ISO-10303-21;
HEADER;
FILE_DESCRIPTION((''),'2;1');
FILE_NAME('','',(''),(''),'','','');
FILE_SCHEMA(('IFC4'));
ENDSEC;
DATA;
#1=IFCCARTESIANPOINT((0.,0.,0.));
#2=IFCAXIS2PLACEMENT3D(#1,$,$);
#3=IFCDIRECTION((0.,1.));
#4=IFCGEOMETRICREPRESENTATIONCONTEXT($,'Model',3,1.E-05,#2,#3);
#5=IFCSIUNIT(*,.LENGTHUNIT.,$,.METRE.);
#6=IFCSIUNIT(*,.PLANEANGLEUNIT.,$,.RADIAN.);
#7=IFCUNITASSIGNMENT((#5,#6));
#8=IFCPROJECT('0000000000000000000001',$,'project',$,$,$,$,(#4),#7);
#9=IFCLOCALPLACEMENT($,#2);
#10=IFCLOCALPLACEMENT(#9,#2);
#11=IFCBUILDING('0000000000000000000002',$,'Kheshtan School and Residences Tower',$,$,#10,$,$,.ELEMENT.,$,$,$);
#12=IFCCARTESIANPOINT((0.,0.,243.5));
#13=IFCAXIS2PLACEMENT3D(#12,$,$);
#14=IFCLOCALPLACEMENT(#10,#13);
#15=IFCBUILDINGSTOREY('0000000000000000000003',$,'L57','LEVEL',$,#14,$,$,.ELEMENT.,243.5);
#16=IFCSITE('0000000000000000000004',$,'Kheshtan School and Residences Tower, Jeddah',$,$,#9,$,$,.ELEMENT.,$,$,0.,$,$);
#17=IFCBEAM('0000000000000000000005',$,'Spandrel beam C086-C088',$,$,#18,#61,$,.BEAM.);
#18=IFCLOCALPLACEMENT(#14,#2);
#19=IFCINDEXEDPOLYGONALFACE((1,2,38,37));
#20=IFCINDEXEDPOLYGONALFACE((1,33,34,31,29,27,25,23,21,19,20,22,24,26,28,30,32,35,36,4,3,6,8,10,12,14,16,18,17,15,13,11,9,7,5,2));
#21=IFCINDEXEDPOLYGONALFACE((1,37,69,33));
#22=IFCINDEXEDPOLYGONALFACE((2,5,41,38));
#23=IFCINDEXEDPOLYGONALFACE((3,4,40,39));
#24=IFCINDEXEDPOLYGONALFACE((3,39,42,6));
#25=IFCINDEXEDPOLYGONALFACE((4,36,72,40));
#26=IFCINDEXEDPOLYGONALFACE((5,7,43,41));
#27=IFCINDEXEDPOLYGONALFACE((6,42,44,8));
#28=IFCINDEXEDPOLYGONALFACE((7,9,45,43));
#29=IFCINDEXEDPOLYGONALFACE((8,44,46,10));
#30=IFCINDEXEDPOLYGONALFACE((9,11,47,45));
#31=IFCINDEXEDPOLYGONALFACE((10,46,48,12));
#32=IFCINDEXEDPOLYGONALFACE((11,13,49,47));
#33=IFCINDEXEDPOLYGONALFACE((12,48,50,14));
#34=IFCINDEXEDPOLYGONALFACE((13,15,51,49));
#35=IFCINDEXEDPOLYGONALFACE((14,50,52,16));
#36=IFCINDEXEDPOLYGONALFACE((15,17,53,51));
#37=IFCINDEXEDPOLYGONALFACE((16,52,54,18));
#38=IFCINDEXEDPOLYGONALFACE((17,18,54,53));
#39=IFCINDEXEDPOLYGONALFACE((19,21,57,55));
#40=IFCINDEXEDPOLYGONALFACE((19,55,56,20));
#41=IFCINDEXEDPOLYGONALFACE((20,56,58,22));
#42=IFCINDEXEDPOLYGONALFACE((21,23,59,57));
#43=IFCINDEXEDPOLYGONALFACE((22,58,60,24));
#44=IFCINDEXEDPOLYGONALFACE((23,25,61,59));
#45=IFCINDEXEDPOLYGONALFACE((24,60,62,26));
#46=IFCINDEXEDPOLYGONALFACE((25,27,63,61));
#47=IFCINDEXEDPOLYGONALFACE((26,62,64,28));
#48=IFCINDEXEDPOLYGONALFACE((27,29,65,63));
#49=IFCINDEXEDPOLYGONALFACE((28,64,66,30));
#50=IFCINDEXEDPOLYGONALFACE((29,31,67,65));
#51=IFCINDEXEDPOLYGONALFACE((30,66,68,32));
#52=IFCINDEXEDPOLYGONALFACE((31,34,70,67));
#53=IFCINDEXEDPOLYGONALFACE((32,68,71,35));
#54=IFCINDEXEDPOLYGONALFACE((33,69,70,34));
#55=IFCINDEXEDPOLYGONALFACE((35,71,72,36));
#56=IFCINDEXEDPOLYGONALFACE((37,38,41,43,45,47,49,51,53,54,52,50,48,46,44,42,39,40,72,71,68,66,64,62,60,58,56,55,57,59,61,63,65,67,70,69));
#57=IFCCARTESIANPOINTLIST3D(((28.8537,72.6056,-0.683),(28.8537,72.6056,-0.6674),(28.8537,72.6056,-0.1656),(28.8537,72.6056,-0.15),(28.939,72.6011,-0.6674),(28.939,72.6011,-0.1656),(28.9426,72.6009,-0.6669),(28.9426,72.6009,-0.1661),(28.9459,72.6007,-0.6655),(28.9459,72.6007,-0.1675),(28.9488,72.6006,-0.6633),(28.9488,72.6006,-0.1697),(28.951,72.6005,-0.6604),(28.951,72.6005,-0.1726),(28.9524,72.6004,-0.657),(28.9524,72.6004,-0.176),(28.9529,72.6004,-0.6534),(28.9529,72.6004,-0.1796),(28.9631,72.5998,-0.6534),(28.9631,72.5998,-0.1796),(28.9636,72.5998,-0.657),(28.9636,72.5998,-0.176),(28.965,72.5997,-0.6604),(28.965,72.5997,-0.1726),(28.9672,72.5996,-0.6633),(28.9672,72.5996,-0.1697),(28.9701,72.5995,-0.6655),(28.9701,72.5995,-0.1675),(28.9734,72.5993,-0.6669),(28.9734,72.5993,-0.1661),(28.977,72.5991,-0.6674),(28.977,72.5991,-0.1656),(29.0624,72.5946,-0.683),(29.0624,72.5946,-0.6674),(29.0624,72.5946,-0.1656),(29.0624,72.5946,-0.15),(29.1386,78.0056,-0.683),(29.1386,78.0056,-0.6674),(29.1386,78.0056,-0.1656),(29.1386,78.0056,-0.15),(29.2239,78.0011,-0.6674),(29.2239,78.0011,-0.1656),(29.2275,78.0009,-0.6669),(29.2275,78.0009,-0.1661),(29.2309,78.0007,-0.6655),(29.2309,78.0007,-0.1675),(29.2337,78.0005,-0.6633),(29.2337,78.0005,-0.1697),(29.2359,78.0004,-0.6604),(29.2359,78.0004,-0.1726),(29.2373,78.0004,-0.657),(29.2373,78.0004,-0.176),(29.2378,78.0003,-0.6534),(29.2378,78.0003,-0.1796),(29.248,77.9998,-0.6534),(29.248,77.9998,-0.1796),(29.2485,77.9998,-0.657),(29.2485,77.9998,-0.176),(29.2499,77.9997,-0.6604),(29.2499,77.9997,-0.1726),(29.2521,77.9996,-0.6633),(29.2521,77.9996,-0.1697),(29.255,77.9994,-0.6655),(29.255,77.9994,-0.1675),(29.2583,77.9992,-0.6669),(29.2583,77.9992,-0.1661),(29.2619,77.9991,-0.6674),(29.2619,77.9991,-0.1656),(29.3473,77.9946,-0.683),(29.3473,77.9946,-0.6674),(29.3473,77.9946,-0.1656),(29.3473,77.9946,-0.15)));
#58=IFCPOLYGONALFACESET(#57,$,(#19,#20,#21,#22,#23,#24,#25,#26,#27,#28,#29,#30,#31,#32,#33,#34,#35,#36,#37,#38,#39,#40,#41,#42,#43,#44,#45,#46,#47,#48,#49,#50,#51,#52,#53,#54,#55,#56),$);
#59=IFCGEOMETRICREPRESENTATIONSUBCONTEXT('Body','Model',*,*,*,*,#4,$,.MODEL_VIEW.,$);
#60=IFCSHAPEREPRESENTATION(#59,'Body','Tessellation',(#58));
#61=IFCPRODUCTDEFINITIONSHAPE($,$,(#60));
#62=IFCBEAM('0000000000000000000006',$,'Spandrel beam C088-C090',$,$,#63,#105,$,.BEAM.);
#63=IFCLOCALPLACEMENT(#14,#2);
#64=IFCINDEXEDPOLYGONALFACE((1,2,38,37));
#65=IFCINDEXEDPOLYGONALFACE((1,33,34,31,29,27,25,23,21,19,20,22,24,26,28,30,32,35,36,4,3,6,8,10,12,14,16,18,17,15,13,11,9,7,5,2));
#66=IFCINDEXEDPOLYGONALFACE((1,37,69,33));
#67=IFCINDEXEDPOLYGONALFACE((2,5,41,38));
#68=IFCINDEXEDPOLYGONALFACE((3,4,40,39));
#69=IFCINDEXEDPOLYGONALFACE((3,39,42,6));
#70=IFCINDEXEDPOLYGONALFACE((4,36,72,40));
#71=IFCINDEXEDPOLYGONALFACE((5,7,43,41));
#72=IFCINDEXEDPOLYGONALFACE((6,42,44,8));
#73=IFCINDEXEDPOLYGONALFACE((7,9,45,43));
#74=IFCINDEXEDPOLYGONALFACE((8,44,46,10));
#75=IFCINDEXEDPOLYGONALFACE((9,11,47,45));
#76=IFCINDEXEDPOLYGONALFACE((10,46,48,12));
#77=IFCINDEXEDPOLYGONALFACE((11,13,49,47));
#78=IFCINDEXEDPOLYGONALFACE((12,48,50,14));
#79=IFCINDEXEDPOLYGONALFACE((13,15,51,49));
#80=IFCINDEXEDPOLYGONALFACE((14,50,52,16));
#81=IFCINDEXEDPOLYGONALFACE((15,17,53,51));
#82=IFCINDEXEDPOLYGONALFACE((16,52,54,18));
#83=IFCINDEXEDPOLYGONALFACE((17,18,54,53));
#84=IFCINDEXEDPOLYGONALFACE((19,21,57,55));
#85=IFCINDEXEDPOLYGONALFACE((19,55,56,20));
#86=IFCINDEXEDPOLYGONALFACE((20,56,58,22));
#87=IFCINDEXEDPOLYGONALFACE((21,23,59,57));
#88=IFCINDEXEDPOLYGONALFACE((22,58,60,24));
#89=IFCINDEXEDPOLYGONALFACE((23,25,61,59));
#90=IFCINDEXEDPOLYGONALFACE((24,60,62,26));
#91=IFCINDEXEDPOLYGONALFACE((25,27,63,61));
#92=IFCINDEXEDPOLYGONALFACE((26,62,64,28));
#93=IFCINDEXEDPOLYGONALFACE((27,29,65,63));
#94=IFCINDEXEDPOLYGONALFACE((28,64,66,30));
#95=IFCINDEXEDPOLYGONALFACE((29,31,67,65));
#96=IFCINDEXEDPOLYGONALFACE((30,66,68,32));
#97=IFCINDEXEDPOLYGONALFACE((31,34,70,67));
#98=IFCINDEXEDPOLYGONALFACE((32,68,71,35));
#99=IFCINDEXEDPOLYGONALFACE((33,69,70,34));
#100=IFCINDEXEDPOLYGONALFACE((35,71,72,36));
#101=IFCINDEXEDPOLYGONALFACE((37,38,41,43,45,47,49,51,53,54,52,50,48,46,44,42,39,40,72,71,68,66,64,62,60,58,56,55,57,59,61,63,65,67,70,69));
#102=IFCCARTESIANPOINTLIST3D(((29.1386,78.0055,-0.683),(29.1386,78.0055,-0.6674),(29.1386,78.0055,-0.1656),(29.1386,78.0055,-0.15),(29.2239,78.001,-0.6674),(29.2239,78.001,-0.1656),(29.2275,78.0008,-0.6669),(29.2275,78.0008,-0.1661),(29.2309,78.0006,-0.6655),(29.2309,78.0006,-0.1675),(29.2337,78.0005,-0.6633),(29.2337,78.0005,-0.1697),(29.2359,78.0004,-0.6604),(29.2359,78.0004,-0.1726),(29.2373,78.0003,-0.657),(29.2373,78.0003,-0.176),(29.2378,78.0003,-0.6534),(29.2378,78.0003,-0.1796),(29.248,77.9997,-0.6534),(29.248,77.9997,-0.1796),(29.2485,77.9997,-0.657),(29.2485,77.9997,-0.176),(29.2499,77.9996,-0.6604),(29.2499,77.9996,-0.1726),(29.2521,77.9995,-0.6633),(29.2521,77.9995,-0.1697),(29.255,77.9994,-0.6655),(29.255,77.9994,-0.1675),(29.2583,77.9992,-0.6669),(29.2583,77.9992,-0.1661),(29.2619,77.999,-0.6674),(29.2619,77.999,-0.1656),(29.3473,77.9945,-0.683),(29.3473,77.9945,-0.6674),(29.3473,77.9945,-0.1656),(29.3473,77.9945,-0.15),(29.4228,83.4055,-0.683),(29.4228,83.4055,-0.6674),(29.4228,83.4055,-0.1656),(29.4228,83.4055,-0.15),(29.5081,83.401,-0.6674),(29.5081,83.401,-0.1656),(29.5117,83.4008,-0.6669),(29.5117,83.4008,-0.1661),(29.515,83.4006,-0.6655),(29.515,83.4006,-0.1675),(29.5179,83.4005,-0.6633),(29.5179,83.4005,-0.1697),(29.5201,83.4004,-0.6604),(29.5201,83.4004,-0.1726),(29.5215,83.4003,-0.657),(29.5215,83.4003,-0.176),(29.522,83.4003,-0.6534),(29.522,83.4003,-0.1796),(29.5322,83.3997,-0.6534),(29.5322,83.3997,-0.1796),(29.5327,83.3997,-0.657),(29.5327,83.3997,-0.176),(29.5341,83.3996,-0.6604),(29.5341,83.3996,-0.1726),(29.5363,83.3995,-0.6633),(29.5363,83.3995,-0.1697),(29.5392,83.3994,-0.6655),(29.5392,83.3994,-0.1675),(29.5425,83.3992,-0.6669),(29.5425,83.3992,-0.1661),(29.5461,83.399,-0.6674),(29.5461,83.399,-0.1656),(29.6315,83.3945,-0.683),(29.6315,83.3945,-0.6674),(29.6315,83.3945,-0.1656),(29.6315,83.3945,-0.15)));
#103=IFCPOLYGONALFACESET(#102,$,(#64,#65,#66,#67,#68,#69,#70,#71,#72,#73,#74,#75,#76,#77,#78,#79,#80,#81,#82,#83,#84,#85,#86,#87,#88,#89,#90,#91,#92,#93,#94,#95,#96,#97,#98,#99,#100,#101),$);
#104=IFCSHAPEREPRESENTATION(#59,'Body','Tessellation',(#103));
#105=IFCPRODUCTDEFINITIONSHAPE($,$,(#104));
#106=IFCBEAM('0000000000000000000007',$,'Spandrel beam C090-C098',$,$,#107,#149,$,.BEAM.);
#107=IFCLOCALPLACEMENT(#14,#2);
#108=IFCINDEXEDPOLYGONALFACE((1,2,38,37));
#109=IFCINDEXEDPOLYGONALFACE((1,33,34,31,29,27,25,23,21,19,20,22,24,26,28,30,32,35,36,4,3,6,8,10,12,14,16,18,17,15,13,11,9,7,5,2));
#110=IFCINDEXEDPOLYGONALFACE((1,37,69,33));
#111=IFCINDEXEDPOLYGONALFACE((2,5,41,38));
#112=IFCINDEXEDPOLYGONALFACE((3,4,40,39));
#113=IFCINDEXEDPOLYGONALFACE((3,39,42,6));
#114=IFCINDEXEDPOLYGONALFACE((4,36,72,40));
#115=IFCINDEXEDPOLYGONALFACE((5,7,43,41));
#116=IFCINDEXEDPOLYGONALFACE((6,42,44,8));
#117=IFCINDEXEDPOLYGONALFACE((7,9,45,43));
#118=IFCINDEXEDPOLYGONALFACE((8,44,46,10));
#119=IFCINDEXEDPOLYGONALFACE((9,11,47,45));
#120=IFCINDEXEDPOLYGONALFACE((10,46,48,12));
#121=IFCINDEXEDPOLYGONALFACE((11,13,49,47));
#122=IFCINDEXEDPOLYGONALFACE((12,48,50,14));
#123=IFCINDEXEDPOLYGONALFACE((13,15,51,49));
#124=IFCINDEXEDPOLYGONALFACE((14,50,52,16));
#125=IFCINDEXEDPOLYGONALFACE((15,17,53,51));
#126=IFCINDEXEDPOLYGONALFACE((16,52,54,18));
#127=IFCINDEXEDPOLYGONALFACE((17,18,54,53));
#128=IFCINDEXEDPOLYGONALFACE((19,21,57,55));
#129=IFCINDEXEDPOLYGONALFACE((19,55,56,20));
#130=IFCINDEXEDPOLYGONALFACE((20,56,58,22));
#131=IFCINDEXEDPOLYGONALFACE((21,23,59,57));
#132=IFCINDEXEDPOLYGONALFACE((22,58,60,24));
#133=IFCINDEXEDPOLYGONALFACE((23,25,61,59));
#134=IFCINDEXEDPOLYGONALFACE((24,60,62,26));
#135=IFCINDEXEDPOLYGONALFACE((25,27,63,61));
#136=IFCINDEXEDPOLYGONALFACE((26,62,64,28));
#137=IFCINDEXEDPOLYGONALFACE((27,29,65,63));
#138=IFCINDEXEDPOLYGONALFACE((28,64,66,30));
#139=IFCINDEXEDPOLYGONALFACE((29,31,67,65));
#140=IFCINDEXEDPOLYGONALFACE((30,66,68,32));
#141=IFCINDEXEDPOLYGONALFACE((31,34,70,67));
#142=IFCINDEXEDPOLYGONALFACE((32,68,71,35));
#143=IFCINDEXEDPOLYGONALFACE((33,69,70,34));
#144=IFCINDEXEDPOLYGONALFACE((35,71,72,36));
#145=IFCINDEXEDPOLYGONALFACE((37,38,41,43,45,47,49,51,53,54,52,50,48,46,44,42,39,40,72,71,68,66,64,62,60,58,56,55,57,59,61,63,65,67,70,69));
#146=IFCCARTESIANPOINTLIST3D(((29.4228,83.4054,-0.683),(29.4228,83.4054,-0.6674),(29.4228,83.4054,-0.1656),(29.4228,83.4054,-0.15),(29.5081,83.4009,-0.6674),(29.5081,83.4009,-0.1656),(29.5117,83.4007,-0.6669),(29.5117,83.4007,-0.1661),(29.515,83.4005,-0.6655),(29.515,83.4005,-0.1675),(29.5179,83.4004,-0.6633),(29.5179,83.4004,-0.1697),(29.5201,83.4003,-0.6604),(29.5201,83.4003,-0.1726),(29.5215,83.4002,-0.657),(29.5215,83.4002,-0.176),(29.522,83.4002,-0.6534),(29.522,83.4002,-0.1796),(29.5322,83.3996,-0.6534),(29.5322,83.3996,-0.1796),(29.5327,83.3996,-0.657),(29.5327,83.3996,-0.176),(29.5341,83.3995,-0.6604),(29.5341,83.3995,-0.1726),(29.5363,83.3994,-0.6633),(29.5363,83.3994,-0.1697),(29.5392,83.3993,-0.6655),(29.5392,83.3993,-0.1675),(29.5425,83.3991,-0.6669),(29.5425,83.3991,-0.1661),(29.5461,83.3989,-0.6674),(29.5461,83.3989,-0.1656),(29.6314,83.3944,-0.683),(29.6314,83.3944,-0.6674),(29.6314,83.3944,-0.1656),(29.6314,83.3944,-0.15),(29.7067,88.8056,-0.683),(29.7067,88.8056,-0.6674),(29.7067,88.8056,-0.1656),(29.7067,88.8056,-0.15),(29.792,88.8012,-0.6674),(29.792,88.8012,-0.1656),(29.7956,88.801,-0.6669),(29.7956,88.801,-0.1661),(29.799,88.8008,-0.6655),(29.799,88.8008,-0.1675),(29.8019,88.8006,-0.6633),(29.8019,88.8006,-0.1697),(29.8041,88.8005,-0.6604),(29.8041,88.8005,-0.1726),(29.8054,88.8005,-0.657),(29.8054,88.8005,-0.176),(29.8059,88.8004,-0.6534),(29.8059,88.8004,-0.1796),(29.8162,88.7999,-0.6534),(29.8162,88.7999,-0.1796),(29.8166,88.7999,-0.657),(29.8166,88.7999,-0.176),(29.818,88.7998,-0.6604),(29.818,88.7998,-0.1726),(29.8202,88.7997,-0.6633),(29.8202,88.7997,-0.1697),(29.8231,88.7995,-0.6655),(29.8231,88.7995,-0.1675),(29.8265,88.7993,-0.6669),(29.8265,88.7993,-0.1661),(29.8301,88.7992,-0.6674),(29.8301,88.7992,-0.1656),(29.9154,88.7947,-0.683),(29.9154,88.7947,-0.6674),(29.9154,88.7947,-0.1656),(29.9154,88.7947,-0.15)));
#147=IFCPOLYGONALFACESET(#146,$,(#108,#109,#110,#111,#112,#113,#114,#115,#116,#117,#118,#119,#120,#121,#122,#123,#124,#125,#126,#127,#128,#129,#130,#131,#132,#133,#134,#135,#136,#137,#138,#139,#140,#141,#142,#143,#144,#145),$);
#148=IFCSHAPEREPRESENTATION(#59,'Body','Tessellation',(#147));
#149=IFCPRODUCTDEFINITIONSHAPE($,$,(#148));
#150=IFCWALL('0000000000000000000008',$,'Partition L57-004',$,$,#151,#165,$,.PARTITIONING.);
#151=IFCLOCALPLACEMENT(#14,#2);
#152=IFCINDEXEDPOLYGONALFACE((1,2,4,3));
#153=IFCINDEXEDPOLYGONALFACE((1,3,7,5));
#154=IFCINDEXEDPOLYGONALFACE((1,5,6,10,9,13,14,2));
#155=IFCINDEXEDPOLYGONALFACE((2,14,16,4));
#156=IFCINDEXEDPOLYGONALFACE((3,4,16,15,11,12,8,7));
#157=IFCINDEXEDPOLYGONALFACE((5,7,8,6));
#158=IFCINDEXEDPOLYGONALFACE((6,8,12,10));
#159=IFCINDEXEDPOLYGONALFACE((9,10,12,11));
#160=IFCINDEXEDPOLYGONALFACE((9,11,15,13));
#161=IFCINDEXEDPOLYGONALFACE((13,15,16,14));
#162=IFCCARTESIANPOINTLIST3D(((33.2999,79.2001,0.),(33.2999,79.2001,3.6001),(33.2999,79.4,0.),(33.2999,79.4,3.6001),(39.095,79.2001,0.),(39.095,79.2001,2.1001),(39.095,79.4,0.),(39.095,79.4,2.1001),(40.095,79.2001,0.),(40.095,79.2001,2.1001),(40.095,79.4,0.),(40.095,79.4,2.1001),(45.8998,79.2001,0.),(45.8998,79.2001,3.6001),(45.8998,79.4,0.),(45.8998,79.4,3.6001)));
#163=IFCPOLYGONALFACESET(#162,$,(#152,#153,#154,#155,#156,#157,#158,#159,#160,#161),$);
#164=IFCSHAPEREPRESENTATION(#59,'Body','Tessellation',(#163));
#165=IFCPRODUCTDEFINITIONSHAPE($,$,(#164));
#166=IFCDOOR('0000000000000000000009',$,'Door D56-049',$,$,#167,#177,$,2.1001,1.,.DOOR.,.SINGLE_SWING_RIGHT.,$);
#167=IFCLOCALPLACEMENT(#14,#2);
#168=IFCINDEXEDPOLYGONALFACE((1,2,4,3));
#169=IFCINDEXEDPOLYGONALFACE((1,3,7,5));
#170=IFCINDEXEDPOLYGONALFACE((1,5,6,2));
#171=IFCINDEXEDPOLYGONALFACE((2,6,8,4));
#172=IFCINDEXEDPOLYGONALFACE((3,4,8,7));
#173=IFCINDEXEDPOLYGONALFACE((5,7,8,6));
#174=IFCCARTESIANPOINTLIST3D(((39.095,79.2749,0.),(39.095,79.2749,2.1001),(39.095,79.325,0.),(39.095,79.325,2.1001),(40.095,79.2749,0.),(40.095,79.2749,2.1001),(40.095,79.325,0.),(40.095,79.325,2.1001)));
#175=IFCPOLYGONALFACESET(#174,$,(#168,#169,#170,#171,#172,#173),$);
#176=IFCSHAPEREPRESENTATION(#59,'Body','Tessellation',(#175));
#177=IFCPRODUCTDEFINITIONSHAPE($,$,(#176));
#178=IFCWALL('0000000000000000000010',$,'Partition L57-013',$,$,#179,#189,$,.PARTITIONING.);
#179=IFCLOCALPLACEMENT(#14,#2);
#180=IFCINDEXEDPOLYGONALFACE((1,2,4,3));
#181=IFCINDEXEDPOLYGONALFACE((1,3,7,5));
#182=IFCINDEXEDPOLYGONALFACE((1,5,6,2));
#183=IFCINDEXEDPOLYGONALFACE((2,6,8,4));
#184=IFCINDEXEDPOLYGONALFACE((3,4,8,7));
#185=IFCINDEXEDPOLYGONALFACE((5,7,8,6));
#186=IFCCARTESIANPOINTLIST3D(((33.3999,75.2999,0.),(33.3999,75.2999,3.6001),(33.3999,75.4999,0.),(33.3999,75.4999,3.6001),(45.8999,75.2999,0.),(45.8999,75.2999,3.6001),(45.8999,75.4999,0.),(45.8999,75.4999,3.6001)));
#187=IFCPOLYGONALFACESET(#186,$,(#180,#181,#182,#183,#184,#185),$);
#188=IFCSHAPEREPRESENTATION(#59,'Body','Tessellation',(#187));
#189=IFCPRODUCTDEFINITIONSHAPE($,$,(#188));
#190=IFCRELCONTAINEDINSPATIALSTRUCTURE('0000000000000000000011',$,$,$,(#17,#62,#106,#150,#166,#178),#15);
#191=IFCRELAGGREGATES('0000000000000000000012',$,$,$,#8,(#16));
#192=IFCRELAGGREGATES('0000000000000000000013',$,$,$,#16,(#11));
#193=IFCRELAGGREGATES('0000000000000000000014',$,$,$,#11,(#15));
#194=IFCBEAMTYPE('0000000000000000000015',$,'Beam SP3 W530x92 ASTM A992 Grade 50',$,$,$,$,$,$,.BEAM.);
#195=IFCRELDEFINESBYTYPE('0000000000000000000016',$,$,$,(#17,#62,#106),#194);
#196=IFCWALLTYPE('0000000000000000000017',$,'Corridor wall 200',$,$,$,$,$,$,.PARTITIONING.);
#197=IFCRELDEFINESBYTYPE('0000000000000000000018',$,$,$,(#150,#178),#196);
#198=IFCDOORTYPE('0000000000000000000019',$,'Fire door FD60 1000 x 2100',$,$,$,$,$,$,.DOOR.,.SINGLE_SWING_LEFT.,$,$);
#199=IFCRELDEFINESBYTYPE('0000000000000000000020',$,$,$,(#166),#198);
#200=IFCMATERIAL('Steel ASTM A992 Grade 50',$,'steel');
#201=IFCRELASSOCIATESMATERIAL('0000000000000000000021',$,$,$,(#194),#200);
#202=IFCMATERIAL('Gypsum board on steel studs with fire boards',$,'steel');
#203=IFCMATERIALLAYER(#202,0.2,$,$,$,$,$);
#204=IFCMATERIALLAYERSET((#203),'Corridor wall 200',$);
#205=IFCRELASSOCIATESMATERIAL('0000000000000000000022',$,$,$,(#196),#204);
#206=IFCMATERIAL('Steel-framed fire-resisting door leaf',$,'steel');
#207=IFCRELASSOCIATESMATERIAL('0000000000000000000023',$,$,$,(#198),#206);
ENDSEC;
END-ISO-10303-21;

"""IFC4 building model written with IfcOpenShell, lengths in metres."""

from ifc_helpers import new_model, si_unit, direction, frame, frame_2d, origin, origin_2d, place, context, subcontext, project, spatial, rectangle, i_section, extrude, source, transform, mapped, material, layer, layer_set, material_profile, profile_set, type_object, element, fill, save


model = new_model("IFC4")

# Units and contexts
model_context = context("Model", 3, precision=1e-05, world=origin(), true_north=direction((0.0, 1.0)))
body_context = subcontext(model_context, "Body", "Model", "MODEL_VIEW")
ifc_project = project(units=[si_unit("LENGTHUNIT", "METRE"), si_unit("PLANEANGLEUNIT", "RADIAN")], contexts=[model_context])

# Site, building, storey
site_placement = place(None, origin())
site = spatial("IfcSite", under=ifc_project, at=site_placement, Name="Kheshtan School and Residences Tower, Jeddah", CompositionType="ELEMENT", RefElevation=0.0)
building_placement = place(site_placement, origin())
building = spatial("IfcBuilding", under=site, at=building_placement, Name="Kheshtan School and Residences Tower", CompositionType="ELEMENT")
storey_placement = place(building_placement, frame((0.0, 0.0, 243.5)))
storey = spatial("IfcBuildingStorey", under=building, at=storey_placement, Name="L57", Description="LEVEL", CompositionType="ELEMENT", Elevation=243.5)

# Shared definitions
ifc_material_1 = material(Name="Steel ASTM A992 Grade 50", Category="steel")

# Beams
ifc_material_profile_1 = material_profile(ifc_material_1, i_section(OverallWidth=0.209, OverallDepth=0.533, WebThickness=0.0103, FlangeThickness=0.0156, FilletRadius=0.0139, at=origin_2d()), Name="W530x92")
ifc_profile_set_1 = profile_set([ifc_material_profile_1], Name="Steel ASTM A992 Grade 50")
beam_type_1 = type_object("IfcBeamType", Name="Beam SP3 W530x92 ASTM A992 Grade 50", PredefinedType="BEAM", material=ifc_profile_set_1)
for number, where, z_axis, x_axis, name in (
    (1, (28.958, 72.6001, -0.4165), (0.052689, 0.998611, 0.0), (-0.998611, 0.052689, 0.0), "Spandrel beam C086-C088"),
    (2, (29.2429, 78.0, -0.4165), (0.052554, 0.998618, 0.0), (-0.998618, 0.052554, 0.0), "Spandrel beam C088-C090"),
):
    element("IfcBeam", number, at=place(storey_placement, frame(where, z_axis=z_axis, x_axis=x_axis)), inside=storey, type_object=beam_type_1, Name=name, PredefinedType="BEAM", context=body_context, shape_type="SweptSolid", body=[
        extrude(i_section(OverallWidth=0.209, OverallDepth=0.533, WebThickness=0.0103, FlangeThickness=0.0156, FilletRadius=0.0139, at=origin_2d()), origin(), (0.0, 0.0, 1.0), 5.4075),
    ])
beam_1_placement = place(storey_placement, frame((29.5271, 83.3999, -0.4165), z_axis=(0.052507, 0.998621, 0.0), x_axis=(-0.998621, 0.052507, 0.0)))
element("IfcBeam", 3, at=beam_1_placement, inside=storey, type_object=beam_type_1, Name="Spandrel beam C090-C098", PredefinedType="BEAM", context=body_context, shape_type="SweptSolid", body=[
    extrude(i_section(OverallWidth=0.209, OverallDepth=0.533, WebThickness=0.0103, FlangeThickness=0.0156, FilletRadius=0.0139, at=origin_2d()), origin(), (0.0, 0.0, 1.0), 5.4077),
])

# Wall, opening, door
ifc_material_2 = material(Name="Gypsum board on steel studs with fire boards", Category="steel")
ifc_layer_1 = layer(ifc_material_2, 0.2)
ifc_layer_set_1 = layer_set([ifc_layer_1], Name="Corridor wall 200")
wall_type_1 = type_object("IfcWallType", Name="Corridor wall 200", PredefinedType="PARTITIONING", material=ifc_layer_set_1)
wall_1_placement = place(storey_placement, frame((33.3, 79.3, 0.0), z_axis=(0.0, 0.0, 1.0), x_axis=(1.0, 0.0, 0.0)))
wall_1 = element("IfcWall", 4, at=wall_1_placement, inside=storey, type_object=wall_type_1, Name="Partition L57-004", PredefinedType="PARTITIONING", context=body_context, shape_type="SweptSolid", body=[
    extrude(rectangle(XDim=12.5999, YDim=0.2, at=frame_2d((6.2998, 0.0))), origin(), (0.0, 0.0, 1.0), 3.6001),
])
opening_1_placement = place(wall_1_placement, frame((5.7949, 0.0, 0.0)))
opening_1 = element("IfcOpeningElement", 5, at=opening_1_placement, cuts=wall_1, PredefinedType="OPENING", context=body_context, shape_type="SweptSolid", body=[
    extrude(rectangle(XDim=1.0, YDim=2.1001, at=frame_2d((0.5, 1.05))), frame((0.0, 0.1099, 0.0), z_axis=(0.0, -1.0, 0.0), x_axis=(1.0, 0.0, 0.0)), (0.0, 0.0, 1.0), 0.22),
])
ifc_material_3 = material(Name="Steel-framed fire-resisting door leaf", Category="steel")
door_type_1 = type_object("IfcDoorType", Name="Fire door FD60 1000 x 2100", OperationType="SINGLE_SWING_LEFT", PredefinedType="DOOR", material=ifc_material_3)
shared_shape_1 = source(origin(), body_context, "Body", "SweptSolid", [
    extrude(rectangle(XDim=1.0, YDim=2.1001, at=frame_2d((0.5, 1.05))), frame((0.0, 0.0249, 0.0), z_axis=(0.0, -1.0, 0.0), x_axis=(1.0, 0.0, 0.0)), (0.0, 0.0, 1.0), 0.05),
])
door_1_placement = place(opening_1_placement, origin())
door_1 = element("IfcDoor", 6, at=door_1_placement, inside=storey, type_object=door_type_1, Name="Door D56-049", OperationType="SINGLE_SWING_RIGHT", OverallHeight=2.1001, OverallWidth=1.0, PredefinedType="DOOR", context=body_context, shape_type="MappedRepresentation", body=[
    mapped(shared_shape_1, transform((0.0, 0.0, 0.0), x_axis=(1.0, 0.0, 0.0), y_axis=(0.0, 1.0, 0.0), z_axis=(0.0, 0.0, 1.0), scale=1.0)),
])
fill(opening_1, door_1)

# Wall
wall_2_placement = place(storey_placement, frame((33.3999, 75.3999, 0.0), z_axis=(0.0, 0.0, 1.0), x_axis=(1.0, 0.0, 0.0)))
element("IfcWall", 7, at=wall_2_placement, inside=storey, type_object=wall_type_1, Name="Partition L57-013", PredefinedType="PARTITIONING", context=body_context, shape_type="SweptSolid", body=[
    extrude(rectangle(XDim=12.5, YDim=0.2, at=frame_2d((6.25, 0.0))), origin(), (0.0, 0.0, 1.0), 3.6001),
])

save(model, "model.ifc")
